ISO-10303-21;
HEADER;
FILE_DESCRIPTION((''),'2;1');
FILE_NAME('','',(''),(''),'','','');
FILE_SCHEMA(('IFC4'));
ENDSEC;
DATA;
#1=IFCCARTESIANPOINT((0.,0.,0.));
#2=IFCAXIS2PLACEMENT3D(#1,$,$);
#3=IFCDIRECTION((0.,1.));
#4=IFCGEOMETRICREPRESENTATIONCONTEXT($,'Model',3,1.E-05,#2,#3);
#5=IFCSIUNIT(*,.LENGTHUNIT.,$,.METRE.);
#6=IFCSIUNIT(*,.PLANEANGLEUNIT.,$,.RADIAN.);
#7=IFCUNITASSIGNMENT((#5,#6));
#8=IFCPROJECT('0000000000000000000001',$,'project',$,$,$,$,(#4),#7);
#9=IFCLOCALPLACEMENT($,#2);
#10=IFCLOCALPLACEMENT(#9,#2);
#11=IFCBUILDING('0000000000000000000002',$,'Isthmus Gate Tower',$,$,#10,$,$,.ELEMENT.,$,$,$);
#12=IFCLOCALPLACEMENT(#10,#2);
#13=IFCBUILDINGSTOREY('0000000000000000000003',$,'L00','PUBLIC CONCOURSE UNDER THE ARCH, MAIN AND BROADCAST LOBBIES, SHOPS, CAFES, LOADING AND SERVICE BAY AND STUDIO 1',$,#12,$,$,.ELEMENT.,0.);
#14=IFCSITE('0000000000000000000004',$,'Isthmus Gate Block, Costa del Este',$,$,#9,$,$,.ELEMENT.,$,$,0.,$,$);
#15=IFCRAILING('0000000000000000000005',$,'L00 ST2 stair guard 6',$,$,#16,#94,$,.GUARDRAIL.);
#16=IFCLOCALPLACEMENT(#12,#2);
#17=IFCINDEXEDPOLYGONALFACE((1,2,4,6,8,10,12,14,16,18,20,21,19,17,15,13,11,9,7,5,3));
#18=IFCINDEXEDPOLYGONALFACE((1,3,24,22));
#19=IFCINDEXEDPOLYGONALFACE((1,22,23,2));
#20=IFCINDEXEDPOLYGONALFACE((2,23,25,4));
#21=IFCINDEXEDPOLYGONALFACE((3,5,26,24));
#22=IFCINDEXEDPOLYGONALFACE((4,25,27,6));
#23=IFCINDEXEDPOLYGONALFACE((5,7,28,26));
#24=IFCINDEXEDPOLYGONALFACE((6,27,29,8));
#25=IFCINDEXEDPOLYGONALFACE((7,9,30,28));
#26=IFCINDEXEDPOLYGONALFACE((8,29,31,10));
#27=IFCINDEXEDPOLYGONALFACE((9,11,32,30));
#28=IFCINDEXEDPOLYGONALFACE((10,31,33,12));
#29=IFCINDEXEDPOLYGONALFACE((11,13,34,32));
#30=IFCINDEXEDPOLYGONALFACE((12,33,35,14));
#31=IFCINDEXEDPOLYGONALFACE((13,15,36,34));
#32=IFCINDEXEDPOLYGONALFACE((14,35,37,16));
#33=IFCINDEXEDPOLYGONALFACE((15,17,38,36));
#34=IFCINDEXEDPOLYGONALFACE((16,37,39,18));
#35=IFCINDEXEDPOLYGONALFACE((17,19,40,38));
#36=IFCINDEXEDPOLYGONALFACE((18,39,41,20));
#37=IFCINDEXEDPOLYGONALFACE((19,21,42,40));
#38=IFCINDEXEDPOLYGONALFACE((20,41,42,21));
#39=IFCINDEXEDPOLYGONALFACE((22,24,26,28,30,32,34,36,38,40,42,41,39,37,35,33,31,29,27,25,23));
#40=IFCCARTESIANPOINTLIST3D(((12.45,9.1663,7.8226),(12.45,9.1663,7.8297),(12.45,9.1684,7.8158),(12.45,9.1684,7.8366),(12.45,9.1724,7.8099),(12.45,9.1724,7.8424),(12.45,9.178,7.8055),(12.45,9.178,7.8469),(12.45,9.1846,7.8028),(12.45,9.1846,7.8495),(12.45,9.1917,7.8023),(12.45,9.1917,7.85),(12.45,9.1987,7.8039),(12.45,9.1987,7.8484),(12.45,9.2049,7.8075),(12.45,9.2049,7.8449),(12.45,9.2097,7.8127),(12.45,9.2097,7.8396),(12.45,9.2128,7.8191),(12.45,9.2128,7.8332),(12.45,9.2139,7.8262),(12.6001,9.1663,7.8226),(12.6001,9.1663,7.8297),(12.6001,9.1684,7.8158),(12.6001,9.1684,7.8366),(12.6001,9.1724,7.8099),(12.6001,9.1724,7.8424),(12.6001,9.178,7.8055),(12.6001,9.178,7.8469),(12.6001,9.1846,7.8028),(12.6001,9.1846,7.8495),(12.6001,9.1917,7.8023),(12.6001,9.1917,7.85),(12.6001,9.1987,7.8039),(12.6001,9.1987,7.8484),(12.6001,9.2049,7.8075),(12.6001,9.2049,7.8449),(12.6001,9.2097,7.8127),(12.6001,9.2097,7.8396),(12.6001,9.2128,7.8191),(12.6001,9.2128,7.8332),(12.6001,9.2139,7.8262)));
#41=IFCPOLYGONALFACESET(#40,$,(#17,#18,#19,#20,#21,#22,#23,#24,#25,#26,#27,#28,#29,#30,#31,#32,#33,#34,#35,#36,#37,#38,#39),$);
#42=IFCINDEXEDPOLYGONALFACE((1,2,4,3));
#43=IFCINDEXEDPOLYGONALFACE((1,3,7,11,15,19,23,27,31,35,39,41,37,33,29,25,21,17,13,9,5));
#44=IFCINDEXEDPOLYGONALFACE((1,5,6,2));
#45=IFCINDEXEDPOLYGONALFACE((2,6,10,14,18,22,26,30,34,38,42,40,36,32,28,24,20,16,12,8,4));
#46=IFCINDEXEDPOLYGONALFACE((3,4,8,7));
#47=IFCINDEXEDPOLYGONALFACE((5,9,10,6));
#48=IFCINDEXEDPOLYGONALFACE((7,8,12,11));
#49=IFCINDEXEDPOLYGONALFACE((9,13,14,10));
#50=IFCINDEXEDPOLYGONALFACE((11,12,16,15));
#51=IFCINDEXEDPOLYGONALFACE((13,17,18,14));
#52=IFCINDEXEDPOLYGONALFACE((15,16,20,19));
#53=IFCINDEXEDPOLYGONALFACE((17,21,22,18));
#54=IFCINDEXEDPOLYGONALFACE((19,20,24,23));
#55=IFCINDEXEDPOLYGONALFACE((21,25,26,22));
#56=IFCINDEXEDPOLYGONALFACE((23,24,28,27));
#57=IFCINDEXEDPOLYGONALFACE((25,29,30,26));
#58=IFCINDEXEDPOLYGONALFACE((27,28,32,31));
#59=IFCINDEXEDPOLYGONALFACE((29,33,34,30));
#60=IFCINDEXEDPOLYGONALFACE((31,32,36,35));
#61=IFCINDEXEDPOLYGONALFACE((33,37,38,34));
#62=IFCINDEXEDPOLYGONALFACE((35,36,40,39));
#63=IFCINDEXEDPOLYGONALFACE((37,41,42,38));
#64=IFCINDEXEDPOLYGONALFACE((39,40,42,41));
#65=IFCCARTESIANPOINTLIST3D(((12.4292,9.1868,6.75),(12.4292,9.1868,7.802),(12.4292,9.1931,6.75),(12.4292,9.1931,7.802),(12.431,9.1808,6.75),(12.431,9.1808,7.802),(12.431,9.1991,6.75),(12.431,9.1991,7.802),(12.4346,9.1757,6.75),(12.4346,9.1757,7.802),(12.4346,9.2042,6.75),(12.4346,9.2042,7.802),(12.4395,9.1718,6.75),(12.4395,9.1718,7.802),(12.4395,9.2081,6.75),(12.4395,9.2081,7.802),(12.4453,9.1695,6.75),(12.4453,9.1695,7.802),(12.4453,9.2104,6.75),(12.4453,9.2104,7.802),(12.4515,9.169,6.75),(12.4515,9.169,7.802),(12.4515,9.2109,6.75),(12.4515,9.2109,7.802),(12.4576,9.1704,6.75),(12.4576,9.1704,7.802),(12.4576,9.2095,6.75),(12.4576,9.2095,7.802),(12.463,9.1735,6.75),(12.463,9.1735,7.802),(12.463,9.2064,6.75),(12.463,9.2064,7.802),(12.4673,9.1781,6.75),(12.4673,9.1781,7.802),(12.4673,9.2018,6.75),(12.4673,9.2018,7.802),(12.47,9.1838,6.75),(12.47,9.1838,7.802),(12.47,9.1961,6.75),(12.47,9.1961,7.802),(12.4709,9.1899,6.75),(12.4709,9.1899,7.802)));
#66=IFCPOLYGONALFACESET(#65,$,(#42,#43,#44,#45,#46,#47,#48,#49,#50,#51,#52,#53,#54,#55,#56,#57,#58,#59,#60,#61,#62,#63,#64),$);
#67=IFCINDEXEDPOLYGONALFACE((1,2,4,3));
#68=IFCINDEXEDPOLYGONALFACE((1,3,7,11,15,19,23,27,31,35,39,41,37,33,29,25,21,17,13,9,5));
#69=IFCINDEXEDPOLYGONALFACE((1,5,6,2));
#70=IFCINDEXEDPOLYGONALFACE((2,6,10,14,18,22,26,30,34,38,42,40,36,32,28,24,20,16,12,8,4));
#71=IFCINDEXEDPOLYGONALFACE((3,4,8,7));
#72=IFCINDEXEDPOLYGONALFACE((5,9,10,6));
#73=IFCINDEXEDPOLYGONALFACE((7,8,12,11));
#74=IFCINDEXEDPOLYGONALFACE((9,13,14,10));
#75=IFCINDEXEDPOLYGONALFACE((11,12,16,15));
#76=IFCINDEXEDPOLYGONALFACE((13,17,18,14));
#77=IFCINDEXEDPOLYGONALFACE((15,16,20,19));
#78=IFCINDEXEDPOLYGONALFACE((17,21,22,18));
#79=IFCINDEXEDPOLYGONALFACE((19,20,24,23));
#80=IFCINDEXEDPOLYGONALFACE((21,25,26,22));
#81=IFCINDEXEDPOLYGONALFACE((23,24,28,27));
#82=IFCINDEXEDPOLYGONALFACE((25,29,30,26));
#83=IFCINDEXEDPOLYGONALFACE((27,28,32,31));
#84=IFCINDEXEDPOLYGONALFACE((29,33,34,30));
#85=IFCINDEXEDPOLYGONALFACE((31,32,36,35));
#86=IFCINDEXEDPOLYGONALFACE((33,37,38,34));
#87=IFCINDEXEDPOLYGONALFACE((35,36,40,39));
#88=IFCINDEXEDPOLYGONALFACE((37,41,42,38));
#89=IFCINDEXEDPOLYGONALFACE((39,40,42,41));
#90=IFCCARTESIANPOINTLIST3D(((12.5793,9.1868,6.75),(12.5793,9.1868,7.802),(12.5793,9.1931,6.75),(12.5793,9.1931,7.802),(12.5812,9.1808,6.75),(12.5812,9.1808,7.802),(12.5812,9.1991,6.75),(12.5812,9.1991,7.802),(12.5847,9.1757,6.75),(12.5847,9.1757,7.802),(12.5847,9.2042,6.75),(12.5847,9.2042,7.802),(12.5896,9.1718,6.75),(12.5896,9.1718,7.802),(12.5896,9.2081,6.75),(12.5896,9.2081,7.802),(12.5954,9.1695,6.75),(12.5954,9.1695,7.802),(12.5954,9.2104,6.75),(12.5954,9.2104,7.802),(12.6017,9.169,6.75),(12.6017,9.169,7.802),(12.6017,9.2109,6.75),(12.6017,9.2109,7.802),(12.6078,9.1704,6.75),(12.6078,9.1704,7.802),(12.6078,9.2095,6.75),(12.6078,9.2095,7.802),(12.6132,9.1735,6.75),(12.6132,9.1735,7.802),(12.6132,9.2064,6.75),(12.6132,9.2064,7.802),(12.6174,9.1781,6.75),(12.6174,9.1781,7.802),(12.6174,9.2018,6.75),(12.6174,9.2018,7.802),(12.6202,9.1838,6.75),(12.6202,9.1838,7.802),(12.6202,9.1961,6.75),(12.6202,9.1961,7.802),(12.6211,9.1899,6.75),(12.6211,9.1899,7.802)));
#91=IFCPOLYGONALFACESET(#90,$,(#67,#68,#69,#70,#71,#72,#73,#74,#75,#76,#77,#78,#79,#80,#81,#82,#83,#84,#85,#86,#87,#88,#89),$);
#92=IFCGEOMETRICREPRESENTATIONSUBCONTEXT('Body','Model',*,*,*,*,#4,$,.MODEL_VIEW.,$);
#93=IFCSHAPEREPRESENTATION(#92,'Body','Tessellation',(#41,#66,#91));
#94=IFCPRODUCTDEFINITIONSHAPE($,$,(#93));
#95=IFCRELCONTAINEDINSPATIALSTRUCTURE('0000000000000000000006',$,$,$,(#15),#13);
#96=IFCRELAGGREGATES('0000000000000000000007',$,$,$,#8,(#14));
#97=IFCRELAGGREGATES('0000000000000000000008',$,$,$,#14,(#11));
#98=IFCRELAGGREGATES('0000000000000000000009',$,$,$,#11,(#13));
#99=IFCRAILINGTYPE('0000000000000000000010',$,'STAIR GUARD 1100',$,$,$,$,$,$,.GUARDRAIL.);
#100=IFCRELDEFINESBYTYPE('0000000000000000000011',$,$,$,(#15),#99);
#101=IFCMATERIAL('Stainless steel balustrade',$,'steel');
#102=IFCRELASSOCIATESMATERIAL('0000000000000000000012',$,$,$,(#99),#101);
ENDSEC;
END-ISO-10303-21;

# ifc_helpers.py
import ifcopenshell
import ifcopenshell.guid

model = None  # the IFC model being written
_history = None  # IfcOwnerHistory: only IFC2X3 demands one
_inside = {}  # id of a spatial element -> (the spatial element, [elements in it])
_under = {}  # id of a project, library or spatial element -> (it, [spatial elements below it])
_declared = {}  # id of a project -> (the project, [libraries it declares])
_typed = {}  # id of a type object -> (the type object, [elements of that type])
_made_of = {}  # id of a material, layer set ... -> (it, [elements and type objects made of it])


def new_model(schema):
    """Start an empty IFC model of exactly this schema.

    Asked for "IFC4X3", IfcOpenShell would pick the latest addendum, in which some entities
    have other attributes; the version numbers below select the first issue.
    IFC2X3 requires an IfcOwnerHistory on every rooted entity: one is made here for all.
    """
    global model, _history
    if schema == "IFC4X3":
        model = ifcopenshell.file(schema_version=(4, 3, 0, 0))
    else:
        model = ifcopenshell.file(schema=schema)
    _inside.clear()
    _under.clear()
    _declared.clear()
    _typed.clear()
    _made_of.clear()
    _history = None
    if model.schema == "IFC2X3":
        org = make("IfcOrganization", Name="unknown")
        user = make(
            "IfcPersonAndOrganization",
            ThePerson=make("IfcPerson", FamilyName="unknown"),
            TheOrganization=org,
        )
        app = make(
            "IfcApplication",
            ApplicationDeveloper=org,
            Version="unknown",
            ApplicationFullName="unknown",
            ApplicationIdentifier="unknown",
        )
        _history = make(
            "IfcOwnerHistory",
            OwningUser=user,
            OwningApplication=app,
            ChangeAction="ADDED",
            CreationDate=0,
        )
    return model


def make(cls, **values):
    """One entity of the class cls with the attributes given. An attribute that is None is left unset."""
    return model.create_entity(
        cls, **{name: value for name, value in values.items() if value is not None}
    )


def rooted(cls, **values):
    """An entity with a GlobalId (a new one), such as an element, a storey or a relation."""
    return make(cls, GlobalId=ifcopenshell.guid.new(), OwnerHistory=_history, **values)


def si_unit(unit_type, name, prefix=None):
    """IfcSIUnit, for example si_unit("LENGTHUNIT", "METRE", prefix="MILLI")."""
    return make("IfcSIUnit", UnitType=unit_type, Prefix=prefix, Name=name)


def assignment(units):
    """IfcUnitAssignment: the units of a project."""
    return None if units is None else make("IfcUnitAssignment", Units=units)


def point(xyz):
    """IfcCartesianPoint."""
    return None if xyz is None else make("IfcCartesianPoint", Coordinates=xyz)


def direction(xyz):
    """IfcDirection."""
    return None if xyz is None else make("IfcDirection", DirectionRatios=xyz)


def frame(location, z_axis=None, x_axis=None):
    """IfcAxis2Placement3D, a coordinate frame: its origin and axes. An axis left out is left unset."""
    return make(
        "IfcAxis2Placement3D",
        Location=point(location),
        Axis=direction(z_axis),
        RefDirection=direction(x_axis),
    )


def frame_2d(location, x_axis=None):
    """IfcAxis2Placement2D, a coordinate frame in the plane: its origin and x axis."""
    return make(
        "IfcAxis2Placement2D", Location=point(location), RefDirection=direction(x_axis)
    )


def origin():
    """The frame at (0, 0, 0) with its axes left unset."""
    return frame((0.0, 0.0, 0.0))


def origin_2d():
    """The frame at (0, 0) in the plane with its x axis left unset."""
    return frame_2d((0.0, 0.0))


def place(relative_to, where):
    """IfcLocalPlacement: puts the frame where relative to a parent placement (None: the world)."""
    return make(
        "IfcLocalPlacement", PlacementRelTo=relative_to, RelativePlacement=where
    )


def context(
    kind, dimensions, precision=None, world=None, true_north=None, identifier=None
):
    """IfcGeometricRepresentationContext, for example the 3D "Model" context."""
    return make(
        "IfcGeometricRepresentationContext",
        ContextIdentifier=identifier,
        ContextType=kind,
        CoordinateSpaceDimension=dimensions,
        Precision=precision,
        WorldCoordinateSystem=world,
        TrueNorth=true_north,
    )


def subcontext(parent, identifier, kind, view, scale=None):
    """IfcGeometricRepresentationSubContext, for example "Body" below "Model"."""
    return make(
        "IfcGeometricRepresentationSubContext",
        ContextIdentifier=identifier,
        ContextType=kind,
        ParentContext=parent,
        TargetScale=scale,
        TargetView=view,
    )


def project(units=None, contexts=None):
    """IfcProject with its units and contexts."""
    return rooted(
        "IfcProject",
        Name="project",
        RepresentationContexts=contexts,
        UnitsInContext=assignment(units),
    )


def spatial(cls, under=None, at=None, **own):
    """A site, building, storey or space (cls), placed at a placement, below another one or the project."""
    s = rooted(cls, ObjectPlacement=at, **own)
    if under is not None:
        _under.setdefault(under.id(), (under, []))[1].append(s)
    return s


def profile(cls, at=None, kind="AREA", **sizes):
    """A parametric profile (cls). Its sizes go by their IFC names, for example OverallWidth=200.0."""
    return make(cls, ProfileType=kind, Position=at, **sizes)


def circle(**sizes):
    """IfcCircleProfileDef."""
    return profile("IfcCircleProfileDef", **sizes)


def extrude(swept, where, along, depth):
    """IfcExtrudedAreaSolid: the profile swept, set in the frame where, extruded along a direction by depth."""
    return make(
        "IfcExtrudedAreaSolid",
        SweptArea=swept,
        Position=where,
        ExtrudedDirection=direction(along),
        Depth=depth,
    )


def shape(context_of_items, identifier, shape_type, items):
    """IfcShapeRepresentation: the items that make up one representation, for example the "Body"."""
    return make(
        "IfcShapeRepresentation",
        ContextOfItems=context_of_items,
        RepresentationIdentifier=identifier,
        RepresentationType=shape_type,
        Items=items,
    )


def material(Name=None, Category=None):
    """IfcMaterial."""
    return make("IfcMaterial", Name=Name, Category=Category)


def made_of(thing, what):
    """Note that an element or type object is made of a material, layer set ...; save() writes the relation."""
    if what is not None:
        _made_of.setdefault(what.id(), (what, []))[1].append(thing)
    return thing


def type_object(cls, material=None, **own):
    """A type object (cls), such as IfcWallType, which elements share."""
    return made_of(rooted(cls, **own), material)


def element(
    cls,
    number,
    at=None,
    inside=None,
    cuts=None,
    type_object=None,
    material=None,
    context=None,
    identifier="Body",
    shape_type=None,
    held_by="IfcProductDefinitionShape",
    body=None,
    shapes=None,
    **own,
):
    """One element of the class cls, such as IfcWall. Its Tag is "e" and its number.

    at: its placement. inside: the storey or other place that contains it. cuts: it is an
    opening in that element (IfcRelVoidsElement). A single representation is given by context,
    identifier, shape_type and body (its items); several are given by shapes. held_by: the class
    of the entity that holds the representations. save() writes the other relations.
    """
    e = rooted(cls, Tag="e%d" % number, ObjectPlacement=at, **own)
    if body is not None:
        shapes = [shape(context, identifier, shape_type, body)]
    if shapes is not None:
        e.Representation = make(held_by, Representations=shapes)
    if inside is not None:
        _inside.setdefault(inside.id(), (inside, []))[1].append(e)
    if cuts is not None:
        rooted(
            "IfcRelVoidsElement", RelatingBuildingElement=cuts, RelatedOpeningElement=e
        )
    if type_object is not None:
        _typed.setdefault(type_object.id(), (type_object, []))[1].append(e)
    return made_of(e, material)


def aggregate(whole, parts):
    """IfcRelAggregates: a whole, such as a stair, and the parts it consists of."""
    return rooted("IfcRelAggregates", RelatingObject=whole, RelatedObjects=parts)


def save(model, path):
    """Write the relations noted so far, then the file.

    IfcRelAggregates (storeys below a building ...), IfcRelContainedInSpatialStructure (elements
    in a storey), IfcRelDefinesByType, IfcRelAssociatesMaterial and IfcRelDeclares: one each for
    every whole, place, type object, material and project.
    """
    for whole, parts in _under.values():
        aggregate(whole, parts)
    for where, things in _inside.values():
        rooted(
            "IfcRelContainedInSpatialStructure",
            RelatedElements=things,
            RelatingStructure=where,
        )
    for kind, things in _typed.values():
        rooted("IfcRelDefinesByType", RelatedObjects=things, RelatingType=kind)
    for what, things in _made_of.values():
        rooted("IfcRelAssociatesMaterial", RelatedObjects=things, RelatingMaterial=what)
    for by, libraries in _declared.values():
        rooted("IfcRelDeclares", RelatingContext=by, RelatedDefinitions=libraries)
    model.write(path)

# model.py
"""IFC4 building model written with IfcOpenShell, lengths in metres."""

from ifc_helpers import new_model, si_unit, direction, frame, origin, origin_2d, place, context, subcontext, project, spatial, circle, extrude, material, type_object, element, save


model = new_model("IFC4")

# Units and contexts
model_context = context("Model", 3, precision=1e-05, world=origin(), true_north=direction((0.0, 1.0)))
body_context = subcontext(model_context, "Body", "Model", "MODEL_VIEW")
ifc_project = project(units=[si_unit("LENGTHUNIT", "METRE"), si_unit("PLANEANGLEUNIT", "RADIAN")], contexts=[model_context])

# Site, building, storey
site_placement = place(None, origin())
site = spatial("IfcSite", under=ifc_project, at=site_placement, Name="Isthmus Gate Block, Costa del Este", CompositionType="ELEMENT", RefElevation=0.0)
building_placement = place(site_placement, origin())
building = spatial("IfcBuilding", under=site, at=building_placement, Name="Isthmus Gate Tower", CompositionType="ELEMENT")
storey_placement = place(building_placement, origin())
storey = spatial("IfcBuildingStorey", under=building, at=storey_placement, Name="L00", Description="PUBLIC CONCOURSE UNDER THE ARCH, MAIN AND BROADCAST LOBBIES, SHOPS, CAFES, LOADING AND SERVICE BAY AND STUDIO 1", CompositionType="ELEMENT", Elevation=0.0)

# Railing
ifc_material_1 = material(Name="Stainless steel balustrade", Category="steel")
railing_type_1 = type_object("IfcRailingType", Name="STAIR GUARD 1100", PredefinedType="GUARDRAIL", material=ifc_material_1)
railing_1_placement = place(storey_placement, frame((12.45, 9.1899, 6.75)))
element("IfcRailing", 1, at=railing_1_placement, inside=storey, type_object=railing_type_1, Name="L00 ST2 stair guard 6", PredefinedType="GUARDRAIL", context=body_context, shape_type="SweptSolid", body=[
    extrude(circle(Radius=0.0239, at=origin_2d()), frame((0.0, 0.0, 1.0762), z_axis=(1.0, 0.0, 0.0), x_axis=(0.0, 1.0, 0.0)), (0.0, 0.0, 1.0), 0.1501),
    extrude(circle(Radius=0.021, at=origin_2d()), origin(), (0.0, 0.0, 1.0), 1.052),
    extrude(circle(Radius=0.021, at=origin_2d()), frame((0.1501, 0.0, 0.0)), (0.0, 0.0, 1.0), 1.052),
])

save(model, "model.ifc")
